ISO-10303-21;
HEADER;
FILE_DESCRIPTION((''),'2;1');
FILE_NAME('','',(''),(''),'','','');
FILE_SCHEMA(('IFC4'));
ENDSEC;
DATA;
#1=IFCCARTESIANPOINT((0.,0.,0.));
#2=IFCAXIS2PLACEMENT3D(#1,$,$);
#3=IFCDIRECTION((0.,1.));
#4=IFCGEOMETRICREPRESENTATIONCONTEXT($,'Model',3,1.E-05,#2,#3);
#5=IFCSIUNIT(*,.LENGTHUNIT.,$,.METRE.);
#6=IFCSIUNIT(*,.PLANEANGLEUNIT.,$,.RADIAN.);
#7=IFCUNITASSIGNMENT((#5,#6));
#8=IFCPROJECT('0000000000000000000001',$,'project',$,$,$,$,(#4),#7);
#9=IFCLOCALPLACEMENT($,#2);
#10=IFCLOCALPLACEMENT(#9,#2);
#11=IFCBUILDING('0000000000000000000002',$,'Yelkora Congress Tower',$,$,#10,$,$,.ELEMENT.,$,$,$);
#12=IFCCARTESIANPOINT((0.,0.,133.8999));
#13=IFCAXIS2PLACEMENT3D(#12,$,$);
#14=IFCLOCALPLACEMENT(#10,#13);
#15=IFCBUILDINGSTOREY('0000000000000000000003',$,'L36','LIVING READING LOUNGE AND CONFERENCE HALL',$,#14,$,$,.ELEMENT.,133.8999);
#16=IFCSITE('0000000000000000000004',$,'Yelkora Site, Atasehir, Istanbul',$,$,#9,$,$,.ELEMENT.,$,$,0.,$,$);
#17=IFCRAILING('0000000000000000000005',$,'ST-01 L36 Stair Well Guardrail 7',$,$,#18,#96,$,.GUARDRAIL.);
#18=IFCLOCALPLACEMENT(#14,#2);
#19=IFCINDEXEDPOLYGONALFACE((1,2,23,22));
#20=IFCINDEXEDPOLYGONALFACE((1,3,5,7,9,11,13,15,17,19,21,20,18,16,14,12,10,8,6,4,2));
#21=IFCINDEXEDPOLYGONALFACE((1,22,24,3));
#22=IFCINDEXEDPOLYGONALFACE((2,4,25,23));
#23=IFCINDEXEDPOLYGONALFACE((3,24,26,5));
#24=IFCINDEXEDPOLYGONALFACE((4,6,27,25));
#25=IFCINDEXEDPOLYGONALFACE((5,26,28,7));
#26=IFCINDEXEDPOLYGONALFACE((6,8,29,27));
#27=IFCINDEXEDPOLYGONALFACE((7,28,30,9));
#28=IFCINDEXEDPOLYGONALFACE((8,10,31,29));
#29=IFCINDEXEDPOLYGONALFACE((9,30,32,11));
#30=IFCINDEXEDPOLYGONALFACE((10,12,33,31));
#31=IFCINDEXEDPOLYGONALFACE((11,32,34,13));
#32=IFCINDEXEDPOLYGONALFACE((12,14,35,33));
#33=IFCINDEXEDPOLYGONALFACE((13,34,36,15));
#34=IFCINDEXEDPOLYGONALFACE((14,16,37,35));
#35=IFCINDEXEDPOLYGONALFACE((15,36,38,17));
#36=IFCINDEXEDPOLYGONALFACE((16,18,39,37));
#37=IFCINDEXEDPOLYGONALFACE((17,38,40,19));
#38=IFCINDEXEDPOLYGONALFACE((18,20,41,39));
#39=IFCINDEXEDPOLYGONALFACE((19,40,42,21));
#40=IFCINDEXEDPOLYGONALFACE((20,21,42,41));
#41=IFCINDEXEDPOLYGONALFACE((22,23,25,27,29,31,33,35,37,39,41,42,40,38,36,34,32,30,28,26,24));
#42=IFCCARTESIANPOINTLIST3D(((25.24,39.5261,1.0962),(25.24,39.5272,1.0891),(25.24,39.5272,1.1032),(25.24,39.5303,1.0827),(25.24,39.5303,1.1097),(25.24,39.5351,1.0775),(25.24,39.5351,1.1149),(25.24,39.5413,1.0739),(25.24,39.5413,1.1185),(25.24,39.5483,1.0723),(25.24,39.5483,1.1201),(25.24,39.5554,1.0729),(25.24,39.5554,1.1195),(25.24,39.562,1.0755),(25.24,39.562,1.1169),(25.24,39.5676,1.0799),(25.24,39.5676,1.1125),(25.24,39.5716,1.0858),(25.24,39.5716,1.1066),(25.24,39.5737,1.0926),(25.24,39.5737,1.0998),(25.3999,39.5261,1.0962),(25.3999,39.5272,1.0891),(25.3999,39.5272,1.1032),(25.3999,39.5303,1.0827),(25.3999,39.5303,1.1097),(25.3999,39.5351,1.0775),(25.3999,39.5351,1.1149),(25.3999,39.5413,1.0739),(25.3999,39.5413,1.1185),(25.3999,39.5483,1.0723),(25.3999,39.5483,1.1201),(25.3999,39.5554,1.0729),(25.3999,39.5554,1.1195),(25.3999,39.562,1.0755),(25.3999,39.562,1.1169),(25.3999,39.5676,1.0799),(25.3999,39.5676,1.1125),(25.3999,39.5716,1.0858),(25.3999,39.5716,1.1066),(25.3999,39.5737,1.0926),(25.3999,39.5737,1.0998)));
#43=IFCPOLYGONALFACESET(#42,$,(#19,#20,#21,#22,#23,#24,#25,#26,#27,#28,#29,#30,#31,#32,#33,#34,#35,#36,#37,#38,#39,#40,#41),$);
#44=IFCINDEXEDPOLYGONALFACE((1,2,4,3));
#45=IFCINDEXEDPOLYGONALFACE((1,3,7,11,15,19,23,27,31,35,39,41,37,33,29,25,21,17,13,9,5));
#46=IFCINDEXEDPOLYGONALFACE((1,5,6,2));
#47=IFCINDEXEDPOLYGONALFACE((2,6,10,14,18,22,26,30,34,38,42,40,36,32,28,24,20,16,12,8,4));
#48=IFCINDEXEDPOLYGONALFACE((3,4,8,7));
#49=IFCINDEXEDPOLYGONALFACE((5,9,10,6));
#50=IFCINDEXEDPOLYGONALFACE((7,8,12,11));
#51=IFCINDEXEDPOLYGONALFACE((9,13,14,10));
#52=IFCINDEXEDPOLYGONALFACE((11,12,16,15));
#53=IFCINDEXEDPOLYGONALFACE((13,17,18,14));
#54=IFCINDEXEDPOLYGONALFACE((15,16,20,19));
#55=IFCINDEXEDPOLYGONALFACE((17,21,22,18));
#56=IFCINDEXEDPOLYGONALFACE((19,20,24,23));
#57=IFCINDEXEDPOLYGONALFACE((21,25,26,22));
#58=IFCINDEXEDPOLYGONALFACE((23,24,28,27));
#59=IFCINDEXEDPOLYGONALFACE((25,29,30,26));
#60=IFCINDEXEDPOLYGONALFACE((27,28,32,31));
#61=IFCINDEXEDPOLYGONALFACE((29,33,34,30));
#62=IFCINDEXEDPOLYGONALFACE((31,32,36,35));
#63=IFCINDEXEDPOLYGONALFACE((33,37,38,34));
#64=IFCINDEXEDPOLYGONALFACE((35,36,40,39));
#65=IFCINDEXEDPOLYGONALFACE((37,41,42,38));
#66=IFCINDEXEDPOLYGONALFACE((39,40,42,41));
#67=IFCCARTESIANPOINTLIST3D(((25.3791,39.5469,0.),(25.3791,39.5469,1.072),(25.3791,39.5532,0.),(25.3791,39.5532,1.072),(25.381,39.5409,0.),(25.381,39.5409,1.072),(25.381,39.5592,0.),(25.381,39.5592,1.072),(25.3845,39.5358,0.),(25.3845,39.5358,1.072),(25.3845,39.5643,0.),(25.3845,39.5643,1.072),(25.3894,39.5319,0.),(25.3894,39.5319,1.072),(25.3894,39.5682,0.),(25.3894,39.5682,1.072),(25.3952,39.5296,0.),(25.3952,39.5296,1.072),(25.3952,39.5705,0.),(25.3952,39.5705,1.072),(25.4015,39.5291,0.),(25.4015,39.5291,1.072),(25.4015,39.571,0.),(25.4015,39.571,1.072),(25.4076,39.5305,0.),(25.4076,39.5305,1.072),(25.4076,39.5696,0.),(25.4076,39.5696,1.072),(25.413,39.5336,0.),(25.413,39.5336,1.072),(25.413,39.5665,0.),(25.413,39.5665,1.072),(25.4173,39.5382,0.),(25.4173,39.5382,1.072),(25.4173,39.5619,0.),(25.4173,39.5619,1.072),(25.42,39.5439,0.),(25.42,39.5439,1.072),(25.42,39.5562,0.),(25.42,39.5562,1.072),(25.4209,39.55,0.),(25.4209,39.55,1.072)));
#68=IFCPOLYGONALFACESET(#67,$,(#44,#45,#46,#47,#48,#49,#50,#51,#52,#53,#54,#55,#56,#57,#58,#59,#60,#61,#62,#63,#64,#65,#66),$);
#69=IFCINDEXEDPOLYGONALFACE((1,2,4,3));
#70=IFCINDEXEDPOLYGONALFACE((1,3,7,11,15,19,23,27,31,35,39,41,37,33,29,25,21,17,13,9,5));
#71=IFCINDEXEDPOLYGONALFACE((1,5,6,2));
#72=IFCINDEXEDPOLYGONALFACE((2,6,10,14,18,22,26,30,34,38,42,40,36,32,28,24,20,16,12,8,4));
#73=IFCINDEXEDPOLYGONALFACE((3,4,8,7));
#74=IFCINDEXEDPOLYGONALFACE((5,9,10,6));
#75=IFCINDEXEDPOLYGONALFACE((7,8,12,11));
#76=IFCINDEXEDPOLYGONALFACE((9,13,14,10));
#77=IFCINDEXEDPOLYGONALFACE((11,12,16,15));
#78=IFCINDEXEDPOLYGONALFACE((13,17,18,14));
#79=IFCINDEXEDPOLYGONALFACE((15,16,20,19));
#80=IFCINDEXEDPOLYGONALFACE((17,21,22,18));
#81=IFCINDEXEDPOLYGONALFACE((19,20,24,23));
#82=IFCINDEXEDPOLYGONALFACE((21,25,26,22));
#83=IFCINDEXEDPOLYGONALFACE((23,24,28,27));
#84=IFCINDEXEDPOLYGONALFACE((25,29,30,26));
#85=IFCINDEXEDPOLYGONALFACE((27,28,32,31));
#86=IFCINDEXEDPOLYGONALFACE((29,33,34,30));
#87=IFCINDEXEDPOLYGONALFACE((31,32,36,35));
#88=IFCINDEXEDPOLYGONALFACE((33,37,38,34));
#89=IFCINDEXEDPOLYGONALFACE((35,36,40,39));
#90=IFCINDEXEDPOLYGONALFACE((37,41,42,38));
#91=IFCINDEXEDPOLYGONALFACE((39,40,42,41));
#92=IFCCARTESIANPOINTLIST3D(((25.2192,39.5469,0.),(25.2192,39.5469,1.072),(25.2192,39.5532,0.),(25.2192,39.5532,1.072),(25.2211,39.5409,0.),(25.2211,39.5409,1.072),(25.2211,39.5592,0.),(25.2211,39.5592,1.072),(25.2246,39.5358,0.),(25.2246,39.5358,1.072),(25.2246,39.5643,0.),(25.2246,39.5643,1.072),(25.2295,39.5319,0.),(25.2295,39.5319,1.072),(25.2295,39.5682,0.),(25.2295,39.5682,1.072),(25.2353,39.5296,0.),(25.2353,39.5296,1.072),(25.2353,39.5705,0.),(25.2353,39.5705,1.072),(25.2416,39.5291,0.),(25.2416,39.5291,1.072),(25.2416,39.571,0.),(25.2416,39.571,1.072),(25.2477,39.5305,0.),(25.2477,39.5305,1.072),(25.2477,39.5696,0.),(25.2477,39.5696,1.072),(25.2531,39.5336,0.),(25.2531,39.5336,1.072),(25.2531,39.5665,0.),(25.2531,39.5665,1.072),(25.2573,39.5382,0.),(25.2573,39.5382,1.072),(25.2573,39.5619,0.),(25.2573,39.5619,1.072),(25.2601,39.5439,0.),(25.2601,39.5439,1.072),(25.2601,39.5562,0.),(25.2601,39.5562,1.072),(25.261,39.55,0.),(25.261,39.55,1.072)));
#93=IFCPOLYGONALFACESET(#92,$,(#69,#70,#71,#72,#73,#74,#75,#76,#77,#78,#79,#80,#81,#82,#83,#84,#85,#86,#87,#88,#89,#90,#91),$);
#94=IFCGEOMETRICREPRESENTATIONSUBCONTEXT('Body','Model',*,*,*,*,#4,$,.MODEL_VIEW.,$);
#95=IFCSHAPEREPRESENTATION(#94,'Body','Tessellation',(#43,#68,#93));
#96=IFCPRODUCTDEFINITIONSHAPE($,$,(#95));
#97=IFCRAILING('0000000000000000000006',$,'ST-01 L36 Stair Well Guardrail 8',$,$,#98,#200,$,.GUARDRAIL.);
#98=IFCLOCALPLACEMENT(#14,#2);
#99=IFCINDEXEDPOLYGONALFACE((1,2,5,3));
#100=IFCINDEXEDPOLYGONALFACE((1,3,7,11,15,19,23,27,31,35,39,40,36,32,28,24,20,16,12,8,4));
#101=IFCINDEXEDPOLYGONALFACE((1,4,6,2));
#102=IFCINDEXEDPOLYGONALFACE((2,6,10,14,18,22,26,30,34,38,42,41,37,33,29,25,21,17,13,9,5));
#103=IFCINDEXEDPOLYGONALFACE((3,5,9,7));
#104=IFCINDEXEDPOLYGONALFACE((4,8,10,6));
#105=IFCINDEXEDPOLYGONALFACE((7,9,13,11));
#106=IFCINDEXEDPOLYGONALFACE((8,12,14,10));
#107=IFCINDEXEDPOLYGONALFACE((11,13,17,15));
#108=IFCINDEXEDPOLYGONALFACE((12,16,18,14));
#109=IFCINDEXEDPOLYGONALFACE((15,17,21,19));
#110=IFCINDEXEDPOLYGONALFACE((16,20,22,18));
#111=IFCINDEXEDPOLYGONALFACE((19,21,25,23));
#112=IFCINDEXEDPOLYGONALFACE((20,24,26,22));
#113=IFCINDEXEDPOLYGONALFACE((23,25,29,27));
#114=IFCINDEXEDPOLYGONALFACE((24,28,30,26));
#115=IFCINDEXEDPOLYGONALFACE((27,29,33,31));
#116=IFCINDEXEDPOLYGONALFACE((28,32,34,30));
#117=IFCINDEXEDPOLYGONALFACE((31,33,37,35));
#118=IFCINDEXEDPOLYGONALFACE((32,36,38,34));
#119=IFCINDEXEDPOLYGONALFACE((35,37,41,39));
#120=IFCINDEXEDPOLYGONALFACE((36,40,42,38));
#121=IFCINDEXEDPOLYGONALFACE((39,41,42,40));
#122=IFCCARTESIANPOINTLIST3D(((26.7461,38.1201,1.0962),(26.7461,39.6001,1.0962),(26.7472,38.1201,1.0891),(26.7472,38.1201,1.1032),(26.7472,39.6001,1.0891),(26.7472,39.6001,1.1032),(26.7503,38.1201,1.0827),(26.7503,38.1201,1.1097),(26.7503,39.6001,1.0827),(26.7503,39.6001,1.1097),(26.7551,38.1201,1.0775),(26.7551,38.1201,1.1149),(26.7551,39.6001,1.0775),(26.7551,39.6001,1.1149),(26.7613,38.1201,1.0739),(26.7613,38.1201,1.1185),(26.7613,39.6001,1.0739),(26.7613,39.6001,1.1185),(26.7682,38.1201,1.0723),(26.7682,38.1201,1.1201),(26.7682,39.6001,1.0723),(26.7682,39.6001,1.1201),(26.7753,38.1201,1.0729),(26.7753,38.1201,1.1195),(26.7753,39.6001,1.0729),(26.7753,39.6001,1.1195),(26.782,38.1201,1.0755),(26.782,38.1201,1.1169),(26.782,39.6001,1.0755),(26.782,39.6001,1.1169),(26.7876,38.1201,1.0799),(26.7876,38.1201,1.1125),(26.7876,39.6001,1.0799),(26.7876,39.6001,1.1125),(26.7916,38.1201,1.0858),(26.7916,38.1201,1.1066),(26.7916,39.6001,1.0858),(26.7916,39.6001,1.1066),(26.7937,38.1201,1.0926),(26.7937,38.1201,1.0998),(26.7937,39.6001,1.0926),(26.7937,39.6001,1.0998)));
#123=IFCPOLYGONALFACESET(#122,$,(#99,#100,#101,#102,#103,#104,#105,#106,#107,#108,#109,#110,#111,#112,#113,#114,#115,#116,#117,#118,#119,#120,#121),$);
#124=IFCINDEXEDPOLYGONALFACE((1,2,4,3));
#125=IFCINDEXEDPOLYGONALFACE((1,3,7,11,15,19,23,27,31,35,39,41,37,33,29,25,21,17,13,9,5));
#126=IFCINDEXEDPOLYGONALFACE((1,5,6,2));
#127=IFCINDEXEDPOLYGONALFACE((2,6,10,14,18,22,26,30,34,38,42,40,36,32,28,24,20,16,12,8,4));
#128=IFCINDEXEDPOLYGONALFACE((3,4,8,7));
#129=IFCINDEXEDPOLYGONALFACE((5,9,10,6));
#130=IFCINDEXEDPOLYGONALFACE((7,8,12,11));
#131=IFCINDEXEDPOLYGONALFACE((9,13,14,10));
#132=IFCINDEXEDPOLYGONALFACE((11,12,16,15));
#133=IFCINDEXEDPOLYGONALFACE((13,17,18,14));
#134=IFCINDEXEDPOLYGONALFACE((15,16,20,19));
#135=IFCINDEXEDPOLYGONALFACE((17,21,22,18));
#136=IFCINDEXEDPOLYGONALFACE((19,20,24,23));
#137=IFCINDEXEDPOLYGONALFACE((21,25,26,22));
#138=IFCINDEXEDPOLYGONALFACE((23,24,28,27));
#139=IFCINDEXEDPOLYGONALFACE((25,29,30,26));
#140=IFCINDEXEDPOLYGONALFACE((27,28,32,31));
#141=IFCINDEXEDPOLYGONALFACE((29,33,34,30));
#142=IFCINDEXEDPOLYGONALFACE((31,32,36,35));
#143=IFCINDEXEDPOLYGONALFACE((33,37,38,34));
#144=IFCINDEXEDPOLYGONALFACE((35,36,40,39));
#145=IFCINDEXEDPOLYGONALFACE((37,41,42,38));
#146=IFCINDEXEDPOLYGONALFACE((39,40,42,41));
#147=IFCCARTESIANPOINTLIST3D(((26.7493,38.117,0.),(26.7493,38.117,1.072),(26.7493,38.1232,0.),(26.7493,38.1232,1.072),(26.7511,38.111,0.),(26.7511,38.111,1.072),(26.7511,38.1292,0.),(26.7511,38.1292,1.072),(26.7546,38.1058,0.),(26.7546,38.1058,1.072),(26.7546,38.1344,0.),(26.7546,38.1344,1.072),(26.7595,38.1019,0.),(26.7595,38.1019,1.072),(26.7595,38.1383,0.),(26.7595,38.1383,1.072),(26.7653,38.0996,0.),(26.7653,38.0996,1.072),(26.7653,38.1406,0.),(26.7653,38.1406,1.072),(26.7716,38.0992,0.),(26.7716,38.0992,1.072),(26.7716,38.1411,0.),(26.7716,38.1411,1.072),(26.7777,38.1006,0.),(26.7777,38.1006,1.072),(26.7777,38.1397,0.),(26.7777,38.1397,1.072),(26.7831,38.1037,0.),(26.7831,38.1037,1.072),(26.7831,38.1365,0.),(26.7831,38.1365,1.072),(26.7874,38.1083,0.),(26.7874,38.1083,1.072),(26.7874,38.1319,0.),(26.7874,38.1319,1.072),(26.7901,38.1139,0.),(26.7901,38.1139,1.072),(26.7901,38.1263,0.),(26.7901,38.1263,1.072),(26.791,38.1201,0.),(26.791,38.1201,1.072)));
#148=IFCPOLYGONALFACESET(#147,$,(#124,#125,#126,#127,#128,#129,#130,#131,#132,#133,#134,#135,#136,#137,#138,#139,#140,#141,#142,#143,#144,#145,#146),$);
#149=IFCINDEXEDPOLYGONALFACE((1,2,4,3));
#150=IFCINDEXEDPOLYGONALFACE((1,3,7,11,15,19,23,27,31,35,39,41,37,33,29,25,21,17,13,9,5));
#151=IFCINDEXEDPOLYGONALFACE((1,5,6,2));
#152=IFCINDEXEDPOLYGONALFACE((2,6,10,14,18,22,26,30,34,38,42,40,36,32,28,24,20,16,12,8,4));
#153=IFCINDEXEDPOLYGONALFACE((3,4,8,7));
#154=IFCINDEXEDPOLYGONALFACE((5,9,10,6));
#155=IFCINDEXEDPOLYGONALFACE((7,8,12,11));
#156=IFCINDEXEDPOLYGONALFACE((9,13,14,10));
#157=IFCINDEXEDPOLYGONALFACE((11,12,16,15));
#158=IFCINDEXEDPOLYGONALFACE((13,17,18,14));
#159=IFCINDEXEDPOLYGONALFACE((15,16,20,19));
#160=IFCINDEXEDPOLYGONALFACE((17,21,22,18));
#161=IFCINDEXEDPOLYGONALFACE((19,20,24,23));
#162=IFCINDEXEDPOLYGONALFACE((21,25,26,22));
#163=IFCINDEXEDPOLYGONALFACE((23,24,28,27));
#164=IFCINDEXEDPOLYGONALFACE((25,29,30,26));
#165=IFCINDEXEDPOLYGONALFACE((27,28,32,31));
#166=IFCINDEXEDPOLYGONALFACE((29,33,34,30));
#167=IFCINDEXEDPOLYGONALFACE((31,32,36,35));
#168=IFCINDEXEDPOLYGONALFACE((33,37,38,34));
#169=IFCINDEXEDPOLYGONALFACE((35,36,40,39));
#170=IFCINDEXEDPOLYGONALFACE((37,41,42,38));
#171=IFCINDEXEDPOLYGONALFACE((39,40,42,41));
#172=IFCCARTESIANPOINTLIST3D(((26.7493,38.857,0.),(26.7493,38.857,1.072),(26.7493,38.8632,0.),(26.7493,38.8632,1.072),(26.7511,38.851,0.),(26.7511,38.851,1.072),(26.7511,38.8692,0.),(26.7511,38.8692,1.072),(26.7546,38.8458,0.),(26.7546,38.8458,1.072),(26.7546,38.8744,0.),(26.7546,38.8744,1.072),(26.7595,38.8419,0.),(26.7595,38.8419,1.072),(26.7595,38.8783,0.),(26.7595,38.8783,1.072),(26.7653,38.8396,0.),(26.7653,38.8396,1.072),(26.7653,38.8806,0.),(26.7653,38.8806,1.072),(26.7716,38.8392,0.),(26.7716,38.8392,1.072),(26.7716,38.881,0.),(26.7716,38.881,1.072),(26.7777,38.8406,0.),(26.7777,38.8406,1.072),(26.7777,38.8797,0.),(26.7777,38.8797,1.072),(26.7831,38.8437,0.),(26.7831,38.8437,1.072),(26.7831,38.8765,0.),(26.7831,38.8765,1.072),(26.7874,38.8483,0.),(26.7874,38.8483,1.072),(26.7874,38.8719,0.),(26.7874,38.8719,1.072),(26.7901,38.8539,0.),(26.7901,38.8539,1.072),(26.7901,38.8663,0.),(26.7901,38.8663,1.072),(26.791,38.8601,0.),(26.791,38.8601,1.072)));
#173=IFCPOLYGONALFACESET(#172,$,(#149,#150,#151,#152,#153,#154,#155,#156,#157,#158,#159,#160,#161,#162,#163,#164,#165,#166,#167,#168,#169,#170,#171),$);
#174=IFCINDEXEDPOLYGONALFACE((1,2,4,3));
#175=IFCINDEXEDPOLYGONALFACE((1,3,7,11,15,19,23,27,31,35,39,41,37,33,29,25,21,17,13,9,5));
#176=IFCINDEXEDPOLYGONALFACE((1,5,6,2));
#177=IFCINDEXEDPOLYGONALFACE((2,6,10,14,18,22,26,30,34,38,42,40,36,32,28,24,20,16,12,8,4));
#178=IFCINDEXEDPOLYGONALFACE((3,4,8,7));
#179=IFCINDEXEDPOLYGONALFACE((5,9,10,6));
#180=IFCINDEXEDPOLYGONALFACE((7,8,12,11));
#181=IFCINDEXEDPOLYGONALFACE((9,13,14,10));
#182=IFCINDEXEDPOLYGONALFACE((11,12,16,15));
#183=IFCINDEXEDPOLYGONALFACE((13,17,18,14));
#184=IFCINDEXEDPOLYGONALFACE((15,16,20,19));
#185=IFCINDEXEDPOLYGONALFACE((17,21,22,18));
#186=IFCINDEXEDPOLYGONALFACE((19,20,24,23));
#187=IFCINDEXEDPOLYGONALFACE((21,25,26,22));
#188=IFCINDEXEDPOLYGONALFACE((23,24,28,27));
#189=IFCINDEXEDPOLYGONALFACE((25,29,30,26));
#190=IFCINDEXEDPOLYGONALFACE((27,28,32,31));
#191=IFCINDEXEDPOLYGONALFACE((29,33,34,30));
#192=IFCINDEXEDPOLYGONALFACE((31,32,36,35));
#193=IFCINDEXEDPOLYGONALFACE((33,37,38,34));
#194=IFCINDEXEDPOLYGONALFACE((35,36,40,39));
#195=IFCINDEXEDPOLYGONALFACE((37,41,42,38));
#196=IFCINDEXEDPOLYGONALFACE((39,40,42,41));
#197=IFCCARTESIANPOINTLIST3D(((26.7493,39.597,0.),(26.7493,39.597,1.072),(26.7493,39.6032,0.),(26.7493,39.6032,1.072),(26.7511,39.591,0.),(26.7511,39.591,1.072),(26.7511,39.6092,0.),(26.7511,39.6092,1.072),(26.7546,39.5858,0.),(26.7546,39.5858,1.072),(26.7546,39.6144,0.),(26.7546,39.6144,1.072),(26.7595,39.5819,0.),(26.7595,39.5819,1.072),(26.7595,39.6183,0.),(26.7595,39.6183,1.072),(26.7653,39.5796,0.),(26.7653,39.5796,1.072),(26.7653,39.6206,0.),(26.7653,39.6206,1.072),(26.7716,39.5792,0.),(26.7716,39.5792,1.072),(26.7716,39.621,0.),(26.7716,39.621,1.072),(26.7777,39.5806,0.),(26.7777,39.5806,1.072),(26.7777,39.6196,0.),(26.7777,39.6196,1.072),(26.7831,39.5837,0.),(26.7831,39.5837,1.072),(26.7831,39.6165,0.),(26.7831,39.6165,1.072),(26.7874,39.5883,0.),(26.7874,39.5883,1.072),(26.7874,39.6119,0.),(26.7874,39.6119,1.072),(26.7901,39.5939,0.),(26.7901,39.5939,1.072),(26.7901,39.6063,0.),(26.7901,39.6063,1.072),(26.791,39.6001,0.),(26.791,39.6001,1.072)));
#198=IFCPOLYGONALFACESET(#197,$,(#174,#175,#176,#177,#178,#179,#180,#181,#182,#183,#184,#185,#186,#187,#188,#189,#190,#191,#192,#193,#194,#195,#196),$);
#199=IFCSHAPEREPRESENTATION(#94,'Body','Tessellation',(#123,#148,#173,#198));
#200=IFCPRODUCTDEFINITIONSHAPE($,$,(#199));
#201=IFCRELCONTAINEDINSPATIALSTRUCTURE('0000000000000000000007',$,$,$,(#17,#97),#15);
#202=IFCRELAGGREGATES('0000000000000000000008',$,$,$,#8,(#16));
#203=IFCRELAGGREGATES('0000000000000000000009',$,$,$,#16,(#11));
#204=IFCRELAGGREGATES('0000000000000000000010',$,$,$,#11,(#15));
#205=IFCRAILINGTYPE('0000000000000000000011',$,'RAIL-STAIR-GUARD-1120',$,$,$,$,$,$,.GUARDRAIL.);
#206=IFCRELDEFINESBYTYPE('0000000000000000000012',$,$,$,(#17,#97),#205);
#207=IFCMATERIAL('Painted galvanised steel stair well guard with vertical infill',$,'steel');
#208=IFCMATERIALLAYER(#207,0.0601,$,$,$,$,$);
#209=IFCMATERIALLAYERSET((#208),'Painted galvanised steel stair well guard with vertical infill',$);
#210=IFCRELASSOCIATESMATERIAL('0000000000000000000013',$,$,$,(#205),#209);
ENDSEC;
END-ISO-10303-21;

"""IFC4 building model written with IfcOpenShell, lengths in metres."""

from ifc_helpers import new_model, si_unit, direction, frame, origin, origin_2d, place, context, subcontext, project, spatial, circle, extrude, material, layer, layer_set, type_object, element, save


model = new_model("IFC4")

# Units and contexts
model_context = context("Model", 3, precision=1e-05, world=origin(), true_north=direction((0.0, 1.0)))
body_context = subcontext(model_context, "Body", "Model", "MODEL_VIEW")
ifc_project = project(units=[si_unit("LENGTHUNIT", "METRE"), si_unit("PLANEANGLEUNIT", "RADIAN")], contexts=[model_context])

# Site, building, storey
site_placement = place(None, origin())
site = spatial("IfcSite", under=ifc_project, at=site_placement, Name="Yelkora Site, Atasehir, Istanbul", CompositionType="ELEMENT", RefElevation=0.0)
building_placement = place(site_placement, origin())
building = spatial("IfcBuilding", under=site, at=building_placement, Name="Yelkora Congress Tower", CompositionType="ELEMENT")
storey_placement = place(building_placement, frame((0.0, 0.0, 133.8999)))
storey = spatial("IfcBuildingStorey", under=building, at=storey_placement, Name="L36", Description="LIVING READING LOUNGE AND CONFERENCE HALL", CompositionType="ELEMENT", Elevation=133.8999)

# Railings
ifc_material_1 = material(Name="Painted galvanised steel stair well guard with vertical infill", Category="steel")
ifc_layer_1 = layer(ifc_material_1, 0.0601)
ifc_layer_set_1 = layer_set([ifc_layer_1], Name="Painted galvanised steel stair well guard with vertical infill")
railing_type_1 = type_object("IfcRailingType", Name="RAIL-STAIR-GUARD-1120", PredefinedType="GUARDRAIL", material=ifc_layer_set_1)
railing_1_placement = place(storey_placement, frame((25.3999, 39.55, 0.0)))
element("IfcRailing", 1, at=railing_1_placement, inside=storey, type_object=railing_type_1, Name="ST-01 L36 Stair Well Guardrail 7", PredefinedType="GUARDRAIL", context=body_context, shape_type="SweptSolid", body=[
    extrude(circle(Radius=0.0239, at=origin_2d()), frame((0.0, 0.0, 1.0962), z_axis=(-1.0, 0.0, 0.0), x_axis=(0.0, -1.0, 0.0)), (0.0, 0.0, 1.0), 0.1599),
    extrude(circle(Radius=0.021, at=origin_2d()), origin(), (0.0, 0.0, 1.0), 1.072),
    extrude(circle(Radius=0.021, at=origin_2d()), frame((-0.1599, 0.0, 0.0)), (0.0, 0.0, 1.0), 1.072),
])
railing_2_placement = place(storey_placement, frame((26.77, 38.1201, 0.0)))
element("IfcRailing", 2, at=railing_2_placement, inside=storey, type_object=railing_type_1, Name="ST-01 L36 Stair Well Guardrail 8", PredefinedType="GUARDRAIL", context=body_context, shape_type="SweptSolid", body=[
    extrude(circle(Radius=0.0239, at=origin_2d()), frame((0.0, 0.0, 1.0962), z_axis=(0.0, 1.0, 0.0), x_axis=(-1.0, 0.0, 0.0)), (0.0, 0.0, 1.0), 1.48),
    extrude(circle(Radius=0.021, at=origin_2d()), origin(), (0.0, 0.0, 1.0), 1.072),
    extrude(circle(Radius=0.021, at=origin_2d()), frame((0.0, 0.74, 0.0)), (0.0, 0.0, 1.0), 1.072),
    extrude(circle(Radius=0.021, at=origin_2d()), frame((0.0, 1.48, 0.0)), (0.0, 0.0, 1.0), 1.072),
])

save(model, "model.ifc")
